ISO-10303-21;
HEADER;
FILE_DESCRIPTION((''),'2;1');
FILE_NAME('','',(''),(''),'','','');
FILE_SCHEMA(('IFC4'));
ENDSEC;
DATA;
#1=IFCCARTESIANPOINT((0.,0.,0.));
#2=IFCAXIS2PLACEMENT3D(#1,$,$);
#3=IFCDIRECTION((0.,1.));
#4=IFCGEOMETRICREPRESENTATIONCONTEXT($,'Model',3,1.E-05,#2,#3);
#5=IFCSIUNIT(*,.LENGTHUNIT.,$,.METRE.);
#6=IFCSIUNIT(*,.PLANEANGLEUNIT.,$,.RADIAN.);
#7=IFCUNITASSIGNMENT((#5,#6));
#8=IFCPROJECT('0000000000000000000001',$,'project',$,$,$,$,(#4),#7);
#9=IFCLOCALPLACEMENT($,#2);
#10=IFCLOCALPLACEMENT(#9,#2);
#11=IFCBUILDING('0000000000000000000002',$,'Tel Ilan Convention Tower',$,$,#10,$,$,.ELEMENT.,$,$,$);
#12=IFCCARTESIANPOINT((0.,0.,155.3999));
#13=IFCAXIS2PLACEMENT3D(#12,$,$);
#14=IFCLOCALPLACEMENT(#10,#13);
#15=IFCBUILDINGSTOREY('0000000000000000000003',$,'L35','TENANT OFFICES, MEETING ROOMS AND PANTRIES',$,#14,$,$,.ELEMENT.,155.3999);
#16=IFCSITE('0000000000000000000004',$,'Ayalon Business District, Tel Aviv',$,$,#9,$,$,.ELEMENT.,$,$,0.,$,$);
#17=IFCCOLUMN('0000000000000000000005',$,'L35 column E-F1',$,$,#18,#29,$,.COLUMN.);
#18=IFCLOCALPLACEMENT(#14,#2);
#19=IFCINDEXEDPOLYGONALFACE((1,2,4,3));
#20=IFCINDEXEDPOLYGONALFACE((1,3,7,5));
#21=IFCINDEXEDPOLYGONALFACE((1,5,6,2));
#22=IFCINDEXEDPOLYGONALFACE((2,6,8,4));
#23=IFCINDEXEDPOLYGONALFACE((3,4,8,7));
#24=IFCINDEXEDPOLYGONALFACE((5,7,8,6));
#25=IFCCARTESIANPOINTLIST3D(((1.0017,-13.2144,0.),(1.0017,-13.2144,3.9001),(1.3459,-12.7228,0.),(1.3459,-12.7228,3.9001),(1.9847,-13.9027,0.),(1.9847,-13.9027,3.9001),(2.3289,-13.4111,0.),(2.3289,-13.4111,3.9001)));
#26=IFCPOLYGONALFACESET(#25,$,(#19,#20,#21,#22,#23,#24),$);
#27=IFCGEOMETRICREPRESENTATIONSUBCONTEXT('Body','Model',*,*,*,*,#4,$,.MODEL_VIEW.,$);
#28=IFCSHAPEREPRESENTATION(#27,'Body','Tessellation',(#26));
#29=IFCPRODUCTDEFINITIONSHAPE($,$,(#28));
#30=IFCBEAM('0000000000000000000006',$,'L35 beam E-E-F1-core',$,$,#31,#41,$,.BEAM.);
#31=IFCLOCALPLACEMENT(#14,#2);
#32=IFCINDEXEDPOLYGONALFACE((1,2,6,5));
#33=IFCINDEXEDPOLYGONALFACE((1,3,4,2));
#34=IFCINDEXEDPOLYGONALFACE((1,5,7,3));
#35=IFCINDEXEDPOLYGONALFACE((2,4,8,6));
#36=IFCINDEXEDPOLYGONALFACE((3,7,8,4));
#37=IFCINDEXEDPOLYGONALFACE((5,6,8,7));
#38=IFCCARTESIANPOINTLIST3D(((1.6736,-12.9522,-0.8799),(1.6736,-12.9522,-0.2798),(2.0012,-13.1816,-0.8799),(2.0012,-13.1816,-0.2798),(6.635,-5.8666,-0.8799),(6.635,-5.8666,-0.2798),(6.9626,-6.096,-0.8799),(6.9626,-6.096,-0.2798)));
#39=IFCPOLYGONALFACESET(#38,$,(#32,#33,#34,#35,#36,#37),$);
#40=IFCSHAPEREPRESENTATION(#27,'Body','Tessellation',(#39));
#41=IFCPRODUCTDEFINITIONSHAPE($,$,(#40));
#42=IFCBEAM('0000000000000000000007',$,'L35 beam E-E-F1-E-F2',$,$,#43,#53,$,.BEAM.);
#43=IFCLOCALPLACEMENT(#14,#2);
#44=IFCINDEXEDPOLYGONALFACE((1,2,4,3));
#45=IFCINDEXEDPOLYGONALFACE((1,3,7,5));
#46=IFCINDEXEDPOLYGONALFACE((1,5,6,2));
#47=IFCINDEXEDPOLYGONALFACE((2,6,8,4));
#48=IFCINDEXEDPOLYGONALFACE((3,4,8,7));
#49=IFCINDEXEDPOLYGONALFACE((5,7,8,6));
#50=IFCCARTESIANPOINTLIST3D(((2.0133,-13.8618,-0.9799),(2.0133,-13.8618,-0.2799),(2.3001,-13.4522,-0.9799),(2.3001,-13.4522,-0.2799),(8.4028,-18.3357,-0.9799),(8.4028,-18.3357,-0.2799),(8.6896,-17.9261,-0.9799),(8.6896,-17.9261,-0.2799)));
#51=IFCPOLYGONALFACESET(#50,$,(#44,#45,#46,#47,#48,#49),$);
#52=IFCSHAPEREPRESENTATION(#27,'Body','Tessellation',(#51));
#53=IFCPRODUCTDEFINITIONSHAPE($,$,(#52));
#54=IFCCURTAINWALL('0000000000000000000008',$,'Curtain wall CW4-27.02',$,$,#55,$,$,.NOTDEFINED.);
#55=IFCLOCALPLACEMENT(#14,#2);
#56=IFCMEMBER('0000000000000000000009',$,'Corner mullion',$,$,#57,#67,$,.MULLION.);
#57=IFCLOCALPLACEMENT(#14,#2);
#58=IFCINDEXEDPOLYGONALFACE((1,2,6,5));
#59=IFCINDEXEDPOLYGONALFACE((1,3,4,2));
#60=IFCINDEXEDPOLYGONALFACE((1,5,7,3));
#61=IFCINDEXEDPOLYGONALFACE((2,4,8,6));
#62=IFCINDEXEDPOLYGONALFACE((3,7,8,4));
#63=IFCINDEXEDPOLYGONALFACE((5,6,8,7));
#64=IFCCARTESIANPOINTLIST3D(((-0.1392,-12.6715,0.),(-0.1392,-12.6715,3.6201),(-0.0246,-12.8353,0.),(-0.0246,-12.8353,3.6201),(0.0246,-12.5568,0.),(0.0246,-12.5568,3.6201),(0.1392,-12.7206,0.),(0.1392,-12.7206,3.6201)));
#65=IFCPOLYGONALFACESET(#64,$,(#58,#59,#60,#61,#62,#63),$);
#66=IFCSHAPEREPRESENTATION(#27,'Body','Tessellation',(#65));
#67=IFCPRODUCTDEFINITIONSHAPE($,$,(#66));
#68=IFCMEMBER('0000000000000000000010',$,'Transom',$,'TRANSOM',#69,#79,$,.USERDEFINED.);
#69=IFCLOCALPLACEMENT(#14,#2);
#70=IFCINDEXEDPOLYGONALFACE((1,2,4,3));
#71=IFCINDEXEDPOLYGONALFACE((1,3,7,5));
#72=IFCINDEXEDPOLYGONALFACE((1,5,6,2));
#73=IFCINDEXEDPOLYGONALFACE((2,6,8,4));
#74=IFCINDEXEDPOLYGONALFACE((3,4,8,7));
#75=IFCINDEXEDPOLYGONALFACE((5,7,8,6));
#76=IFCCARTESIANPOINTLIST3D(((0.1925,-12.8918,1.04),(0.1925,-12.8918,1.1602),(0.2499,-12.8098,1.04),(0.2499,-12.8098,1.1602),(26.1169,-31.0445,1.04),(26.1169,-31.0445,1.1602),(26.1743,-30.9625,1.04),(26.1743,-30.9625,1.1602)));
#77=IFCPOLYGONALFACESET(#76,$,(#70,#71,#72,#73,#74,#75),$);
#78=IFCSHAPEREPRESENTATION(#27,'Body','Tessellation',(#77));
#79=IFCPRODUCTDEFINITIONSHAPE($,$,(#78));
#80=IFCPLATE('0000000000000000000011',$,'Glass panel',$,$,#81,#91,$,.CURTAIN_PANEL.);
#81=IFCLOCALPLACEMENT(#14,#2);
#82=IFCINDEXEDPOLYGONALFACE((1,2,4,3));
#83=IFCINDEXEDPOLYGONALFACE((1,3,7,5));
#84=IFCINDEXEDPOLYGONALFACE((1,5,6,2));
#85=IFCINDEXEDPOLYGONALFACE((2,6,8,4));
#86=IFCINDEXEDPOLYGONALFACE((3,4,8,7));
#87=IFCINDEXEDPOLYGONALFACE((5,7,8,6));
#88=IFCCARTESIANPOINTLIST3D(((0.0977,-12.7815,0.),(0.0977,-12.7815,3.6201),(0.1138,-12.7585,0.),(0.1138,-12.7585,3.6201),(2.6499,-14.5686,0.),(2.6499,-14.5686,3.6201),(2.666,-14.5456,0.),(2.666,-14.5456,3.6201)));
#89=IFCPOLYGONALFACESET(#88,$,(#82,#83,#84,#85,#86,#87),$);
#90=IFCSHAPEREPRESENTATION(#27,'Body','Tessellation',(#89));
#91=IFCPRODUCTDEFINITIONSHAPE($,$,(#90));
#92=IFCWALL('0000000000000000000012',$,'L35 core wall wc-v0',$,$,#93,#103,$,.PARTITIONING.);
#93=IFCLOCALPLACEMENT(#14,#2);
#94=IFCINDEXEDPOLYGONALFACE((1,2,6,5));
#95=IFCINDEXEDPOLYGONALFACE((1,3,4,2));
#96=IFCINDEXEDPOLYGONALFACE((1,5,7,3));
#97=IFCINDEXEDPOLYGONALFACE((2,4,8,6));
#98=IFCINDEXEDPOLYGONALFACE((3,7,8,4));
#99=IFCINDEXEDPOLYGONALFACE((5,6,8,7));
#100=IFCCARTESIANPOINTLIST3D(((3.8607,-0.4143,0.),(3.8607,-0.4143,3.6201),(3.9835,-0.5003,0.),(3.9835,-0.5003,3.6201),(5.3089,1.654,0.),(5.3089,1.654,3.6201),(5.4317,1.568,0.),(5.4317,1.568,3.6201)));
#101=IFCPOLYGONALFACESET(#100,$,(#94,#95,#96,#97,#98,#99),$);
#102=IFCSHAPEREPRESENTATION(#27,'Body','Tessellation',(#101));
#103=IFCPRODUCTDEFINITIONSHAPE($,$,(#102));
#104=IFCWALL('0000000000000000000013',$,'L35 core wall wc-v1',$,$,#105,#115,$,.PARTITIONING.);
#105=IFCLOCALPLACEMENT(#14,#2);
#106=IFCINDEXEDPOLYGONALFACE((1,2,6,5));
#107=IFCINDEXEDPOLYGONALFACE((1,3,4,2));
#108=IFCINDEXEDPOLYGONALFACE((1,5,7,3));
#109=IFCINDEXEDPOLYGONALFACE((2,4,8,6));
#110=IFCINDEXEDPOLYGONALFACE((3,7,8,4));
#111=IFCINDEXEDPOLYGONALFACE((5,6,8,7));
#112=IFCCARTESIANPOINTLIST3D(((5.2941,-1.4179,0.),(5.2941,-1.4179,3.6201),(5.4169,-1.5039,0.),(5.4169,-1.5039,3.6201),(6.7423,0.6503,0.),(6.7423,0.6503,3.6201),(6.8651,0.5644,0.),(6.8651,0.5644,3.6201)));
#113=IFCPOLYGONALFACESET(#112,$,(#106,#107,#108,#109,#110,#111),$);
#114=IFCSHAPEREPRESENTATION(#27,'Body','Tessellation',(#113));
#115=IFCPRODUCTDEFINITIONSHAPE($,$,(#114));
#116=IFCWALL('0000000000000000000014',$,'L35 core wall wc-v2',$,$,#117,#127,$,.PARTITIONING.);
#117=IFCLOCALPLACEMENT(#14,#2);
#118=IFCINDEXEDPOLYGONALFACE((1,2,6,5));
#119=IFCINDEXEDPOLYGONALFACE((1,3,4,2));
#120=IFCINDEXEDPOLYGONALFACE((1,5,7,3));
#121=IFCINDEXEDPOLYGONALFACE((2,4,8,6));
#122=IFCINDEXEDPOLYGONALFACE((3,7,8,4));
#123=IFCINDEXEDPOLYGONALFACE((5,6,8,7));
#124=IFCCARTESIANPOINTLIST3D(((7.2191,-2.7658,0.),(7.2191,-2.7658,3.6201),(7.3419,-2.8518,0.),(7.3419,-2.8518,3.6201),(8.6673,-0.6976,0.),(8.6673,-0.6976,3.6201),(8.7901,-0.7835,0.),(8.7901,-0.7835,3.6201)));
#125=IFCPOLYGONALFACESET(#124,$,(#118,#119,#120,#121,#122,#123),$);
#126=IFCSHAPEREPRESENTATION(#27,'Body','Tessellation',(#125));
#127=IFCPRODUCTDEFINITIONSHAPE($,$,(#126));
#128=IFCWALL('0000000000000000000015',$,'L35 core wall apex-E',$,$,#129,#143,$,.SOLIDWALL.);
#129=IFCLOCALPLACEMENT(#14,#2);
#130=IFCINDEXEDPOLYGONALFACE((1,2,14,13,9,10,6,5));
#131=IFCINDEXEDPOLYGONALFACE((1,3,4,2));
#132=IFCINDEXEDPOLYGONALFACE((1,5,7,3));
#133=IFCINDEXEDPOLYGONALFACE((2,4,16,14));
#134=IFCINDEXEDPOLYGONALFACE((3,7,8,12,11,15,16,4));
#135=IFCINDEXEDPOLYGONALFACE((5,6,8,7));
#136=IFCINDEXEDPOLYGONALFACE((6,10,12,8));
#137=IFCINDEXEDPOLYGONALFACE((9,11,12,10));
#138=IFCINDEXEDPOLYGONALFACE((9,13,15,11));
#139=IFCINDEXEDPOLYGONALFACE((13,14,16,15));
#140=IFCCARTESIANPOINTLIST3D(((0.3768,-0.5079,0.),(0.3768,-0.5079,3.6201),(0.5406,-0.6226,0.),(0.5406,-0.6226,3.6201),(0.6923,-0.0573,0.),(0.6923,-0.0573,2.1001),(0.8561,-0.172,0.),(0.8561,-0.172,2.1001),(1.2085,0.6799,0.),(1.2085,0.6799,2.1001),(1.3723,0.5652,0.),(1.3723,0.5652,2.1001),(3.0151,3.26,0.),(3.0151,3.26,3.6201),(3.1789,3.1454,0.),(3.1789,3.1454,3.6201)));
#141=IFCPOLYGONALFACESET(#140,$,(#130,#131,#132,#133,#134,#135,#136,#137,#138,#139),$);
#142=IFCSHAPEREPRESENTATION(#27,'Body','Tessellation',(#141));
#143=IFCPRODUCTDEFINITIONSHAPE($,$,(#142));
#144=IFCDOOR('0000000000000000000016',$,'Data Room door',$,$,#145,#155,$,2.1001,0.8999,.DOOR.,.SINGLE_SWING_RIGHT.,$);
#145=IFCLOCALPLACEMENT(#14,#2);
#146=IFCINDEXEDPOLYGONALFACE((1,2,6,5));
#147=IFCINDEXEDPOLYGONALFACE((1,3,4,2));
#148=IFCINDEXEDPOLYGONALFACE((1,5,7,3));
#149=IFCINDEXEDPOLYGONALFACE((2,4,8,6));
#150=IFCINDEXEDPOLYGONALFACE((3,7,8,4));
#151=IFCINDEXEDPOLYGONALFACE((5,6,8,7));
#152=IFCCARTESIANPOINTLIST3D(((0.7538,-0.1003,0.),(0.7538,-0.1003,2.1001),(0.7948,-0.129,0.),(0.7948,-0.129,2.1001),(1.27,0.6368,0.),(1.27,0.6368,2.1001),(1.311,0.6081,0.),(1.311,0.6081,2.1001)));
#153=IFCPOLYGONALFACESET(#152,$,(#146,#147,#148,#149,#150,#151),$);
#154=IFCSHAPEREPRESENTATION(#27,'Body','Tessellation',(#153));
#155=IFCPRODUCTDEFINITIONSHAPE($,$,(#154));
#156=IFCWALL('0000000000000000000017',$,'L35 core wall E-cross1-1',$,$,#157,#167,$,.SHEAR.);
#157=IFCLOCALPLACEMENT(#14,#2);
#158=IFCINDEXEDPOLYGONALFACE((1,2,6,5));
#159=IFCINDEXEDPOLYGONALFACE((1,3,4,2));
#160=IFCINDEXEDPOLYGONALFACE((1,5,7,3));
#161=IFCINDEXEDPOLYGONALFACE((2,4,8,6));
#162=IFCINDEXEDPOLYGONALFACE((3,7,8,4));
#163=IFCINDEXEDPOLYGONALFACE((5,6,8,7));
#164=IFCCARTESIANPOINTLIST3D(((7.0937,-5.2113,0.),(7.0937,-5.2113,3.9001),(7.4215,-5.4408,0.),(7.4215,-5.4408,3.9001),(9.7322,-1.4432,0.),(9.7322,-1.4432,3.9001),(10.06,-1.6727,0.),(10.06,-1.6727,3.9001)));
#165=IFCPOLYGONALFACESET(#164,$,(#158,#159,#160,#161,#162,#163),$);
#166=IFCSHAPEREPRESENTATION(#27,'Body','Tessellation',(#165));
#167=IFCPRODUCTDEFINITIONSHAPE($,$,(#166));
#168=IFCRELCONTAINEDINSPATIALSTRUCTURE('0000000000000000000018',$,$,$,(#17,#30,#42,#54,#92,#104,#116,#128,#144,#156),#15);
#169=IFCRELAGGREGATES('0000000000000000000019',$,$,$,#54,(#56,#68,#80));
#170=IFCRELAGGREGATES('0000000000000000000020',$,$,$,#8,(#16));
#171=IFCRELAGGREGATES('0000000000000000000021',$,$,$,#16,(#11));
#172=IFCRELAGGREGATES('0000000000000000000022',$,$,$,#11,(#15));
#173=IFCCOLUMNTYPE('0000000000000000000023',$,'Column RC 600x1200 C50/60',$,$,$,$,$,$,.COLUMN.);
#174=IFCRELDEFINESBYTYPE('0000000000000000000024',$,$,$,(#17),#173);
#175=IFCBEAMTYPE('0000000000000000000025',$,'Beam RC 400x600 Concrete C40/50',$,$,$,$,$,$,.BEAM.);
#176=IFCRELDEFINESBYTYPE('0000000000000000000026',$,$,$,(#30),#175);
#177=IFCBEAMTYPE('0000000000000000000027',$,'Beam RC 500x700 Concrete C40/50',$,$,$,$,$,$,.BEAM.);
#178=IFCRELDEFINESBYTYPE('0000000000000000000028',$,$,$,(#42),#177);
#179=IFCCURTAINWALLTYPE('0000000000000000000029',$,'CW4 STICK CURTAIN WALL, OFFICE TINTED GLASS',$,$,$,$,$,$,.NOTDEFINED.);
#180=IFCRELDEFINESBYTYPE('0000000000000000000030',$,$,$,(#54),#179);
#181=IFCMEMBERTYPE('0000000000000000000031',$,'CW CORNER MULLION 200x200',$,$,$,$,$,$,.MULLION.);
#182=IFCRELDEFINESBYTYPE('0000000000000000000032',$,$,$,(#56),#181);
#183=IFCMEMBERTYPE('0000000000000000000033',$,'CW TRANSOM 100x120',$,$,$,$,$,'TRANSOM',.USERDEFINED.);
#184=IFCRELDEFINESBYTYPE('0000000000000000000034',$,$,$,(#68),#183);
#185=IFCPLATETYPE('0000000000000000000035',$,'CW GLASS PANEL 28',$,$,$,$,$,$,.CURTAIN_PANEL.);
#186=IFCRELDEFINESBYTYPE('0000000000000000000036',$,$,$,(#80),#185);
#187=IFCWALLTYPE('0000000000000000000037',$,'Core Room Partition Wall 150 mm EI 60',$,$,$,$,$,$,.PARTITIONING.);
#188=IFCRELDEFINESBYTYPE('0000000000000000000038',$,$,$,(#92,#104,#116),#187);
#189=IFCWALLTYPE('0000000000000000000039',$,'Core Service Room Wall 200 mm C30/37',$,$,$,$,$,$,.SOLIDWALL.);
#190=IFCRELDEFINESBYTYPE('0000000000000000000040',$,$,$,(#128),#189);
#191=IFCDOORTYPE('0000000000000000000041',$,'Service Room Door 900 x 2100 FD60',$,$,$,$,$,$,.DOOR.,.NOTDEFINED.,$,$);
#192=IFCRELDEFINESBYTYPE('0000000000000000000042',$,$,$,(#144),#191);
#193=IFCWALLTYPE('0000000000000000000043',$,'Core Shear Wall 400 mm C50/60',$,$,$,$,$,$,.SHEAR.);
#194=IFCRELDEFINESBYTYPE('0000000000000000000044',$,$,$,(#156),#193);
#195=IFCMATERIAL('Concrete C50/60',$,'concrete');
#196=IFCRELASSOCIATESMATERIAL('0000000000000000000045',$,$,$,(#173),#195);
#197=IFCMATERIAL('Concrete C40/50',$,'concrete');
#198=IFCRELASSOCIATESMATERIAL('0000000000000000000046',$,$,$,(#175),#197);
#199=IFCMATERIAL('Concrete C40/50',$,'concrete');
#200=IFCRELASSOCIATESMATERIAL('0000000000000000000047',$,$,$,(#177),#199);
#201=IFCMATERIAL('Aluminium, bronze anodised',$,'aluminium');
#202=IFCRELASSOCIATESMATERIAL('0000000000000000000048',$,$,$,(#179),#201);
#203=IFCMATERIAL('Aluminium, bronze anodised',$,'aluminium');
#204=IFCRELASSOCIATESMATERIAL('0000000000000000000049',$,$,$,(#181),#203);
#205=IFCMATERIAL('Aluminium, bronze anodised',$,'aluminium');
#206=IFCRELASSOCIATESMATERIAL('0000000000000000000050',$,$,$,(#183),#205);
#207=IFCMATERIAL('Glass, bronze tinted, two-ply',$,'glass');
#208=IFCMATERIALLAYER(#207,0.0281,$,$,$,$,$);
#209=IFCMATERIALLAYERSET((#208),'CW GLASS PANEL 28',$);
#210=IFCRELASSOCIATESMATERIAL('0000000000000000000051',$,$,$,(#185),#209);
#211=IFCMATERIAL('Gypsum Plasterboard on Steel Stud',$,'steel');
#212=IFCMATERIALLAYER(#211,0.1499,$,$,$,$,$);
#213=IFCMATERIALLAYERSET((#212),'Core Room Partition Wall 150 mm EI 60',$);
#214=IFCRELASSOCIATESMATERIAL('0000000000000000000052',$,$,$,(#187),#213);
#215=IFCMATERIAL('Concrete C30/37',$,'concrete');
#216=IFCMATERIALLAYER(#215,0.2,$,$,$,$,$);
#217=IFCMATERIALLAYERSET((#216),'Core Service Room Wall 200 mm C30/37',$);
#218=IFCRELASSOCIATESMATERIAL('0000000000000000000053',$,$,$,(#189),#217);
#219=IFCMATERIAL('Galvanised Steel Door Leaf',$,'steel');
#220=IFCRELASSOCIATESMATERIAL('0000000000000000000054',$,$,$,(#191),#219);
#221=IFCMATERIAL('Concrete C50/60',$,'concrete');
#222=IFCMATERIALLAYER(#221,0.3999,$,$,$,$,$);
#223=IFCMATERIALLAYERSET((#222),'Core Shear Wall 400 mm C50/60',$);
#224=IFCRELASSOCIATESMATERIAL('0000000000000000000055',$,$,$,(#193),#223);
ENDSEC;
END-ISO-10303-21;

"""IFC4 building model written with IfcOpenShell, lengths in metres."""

from ifc_helpers import new_model, si_unit, direction, frame, frame_2d, origin, origin_2d, place, context, subcontext, project, spatial, polyline, rectangle, outline, extrude, material, layer, layer_set, material_profile, profile_set, type_object, element, fill, aggregate, save


model = new_model("IFC4")

# Units and contexts
model_context = context("Model", 3, precision=1e-05, world=origin(), true_north=direction((0.0, 1.0)))
body_context = subcontext(model_context, "Body", "Model", "MODEL_VIEW")
ifc_project = project(units=[si_unit("LENGTHUNIT", "METRE"), si_unit("PLANEANGLEUNIT", "RADIAN")], contexts=[model_context])

# Site, building, storey
site_placement = place(None, origin())
site = spatial("IfcSite", under=ifc_project, at=site_placement, Name="Ayalon Business District, Tel Aviv", CompositionType="ELEMENT", RefElevation=0.0)
building_placement = place(site_placement, origin())
building = spatial("IfcBuilding", under=site, at=building_placement, Name="Tel Ilan Convention Tower", CompositionType="ELEMENT")
storey_placement = place(building_placement, frame((0.0, 0.0, 155.3999)))
storey = spatial("IfcBuildingStorey", under=building, at=storey_placement, Name="L35", Description="TENANT OFFICES, MEETING ROOMS AND PANTRIES", CompositionType="ELEMENT", Elevation=155.3999)

# Column
ifc_material_1 = material(Name="Concrete C50/60", Category="concrete")
ifc_material_profile_1 = material_profile(ifc_material_1, rectangle(XDim=1.2, YDim=0.6001, at=origin_2d()), Name="RC 600x1200")
ifc_profile_set_1 = profile_set([ifc_material_profile_1], Name="Concrete C50/60")
column_type = type_object("IfcColumnType", Name="Column RC 600x1200 C50/60", PredefinedType="COLUMN", material=ifc_profile_set_1)
column_placement = place(storey_placement, frame((1.6653, -13.3127, 0.0), z_axis=(0.0, 0.0, 1.0), x_axis=(0.819152, -0.573576, 0.0)))
element("IfcColumn", 1, at=column_placement, inside=storey, type_object=column_type, Name="L35 column E-F1", PredefinedType="COLUMN", context=body_context, shape_type="SweptSolid", body=[
    extrude(rectangle(XDim=1.2, YDim=0.6001, at=origin_2d()), origin(), (0.0, 0.0, 1.0), 3.9001),
])

# Beams
ifc_material_2 = material(Name="Concrete C40/50", Category="concrete")
ifc_material_profile_2 = material_profile(ifc_material_2, rectangle(XDim=0.3999, YDim=0.6001, at=origin_2d()), Name="RC 400x600")
ifc_profile_set_2 = profile_set([ifc_material_profile_2], Name="Concrete C40/50")
beam_type_1 = type_object("IfcBeamType", Name="Beam RC 400x600 Concrete C40/50", PredefinedType="BEAM", material=ifc_profile_set_2)
beam_1_placement = place(storey_placement, frame((1.8374, -13.0669, -0.5798), z_axis=(0.573574, 0.819154, 0.0), x_axis=(-0.819154, 0.573574, 0.0)))
element("IfcBeam", 2, at=beam_1_placement, inside=storey, type_object=beam_type_1, Name="L35 beam E-E-F1-core", PredefinedType="BEAM", context=body_context, shape_type="SweptSolid", body=[
    extrude(rectangle(XDim=0.3999, YDim=0.6001, at=origin_2d()), origin(), (0.0, 0.0, 1.0), 8.6499),
])
ifc_material_3 = material(Name="Concrete C40/50", Category="concrete")
ifc_material_profile_3 = material_profile(ifc_material_3, rectangle(XDim=0.5, YDim=0.7, at=origin_2d()), Name="RC 500x700")
ifc_profile_set_3 = profile_set([ifc_material_profile_3], Name="Concrete C40/50")
beam_type_2 = type_object("IfcBeamType", Name="Beam RC 500x700 Concrete C40/50", PredefinedType="BEAM", material=ifc_profile_set_3)
beam_2_placement = place(storey_placement, frame((2.1567, -13.657, -0.6299), z_axis=(0.819154, -0.573574, 0.0), x_axis=(0.573574, 0.819154, 0.0)))
element("IfcBeam", 3, at=beam_2_placement, inside=storey, type_object=beam_type_2, Name="L35 beam E-E-F1-E-F2", PredefinedType="BEAM", context=body_context, shape_type="SweptSolid", body=[
    extrude(rectangle(XDim=0.5, YDim=0.7, at=origin_2d()), origin(), (0.0, 0.0, 1.0), 7.8),
])

# Curtain wall, members, plate
ifc_material_4 = material(Name="Aluminium, bronze anodised", Category="aluminium")
curtain_wall_type = type_object("IfcCurtainWallType", Name="CW4 STICK CURTAIN WALL, OFFICE TINTED GLASS", PredefinedType="NOTDEFINED", material=ifc_material_4)
curtain_wall_placement = place(storey_placement, origin())
curtain_wall = element("IfcCurtainWall", 4, at=curtain_wall_placement, inside=storey, type_object=curtain_wall_type, Name="Curtain wall CW4-27.02", PredefinedType="NOTDEFINED")
ifc_material_5 = material(Name="Aluminium, bronze anodised", Category="aluminium")
ifc_material_profile_4 = material_profile(ifc_material_5, rectangle(XDim=0.2, YDim=0.2, at=origin_2d()), Name="CW CORNER MULLION 200x200")
ifc_profile_set_4 = profile_set([ifc_material_profile_4], Name="Aluminium, bronze anodised")
member_type_1 = type_object("IfcMemberType", Name="CW CORNER MULLION 200x200", PredefinedType="MULLION", material=ifc_profile_set_4)
member_1_placement = place(storey_placement, frame((0.0, -12.696, 0.0), z_axis=(0.0, 0.0, 1.0), x_axis=(0.819152, 0.573576, 0.0)))
member_1 = element("IfcMember", 5, at=member_1_placement, type_object=member_type_1, Name="Corner mullion", PredefinedType="MULLION", context=body_context, shape_type="SweptSolid", body=[
    extrude(rectangle(XDim=0.2, YDim=0.2, at=origin_2d()), origin(), (0.0, 0.0, 1.0), 3.6201),
])
ifc_material_6 = material(Name="Aluminium, bronze anodised", Category="aluminium")
ifc_material_profile_5 = material_profile(ifc_material_6, rectangle(XDim=0.1001, YDim=0.1201, at=origin_2d()), Name="CW TRANSOM 100x120")
ifc_profile_set_5 = profile_set([ifc_material_profile_5], Name="Aluminium, bronze anodised")
member_type_2 = type_object("IfcMemberType", Name="CW TRANSOM 100x120", ElementType="TRANSOM", PredefinedType="USERDEFINED", material=ifc_profile_set_5)
member_2_placement = place(storey_placement, frame((0.2212, -12.8508, 1.1001), z_axis=(0.819149, -0.57358, 0.0), x_axis=(0.57358, 0.819149, 0.0)))
member_2 = element("IfcMember", 6, at=member_2_placement, type_object=member_type_2, Name="Transom", ObjectType="TRANSOM", PredefinedType="USERDEFINED", context=body_context, shape_type="SweptSolid", body=[
    extrude(rectangle(XDim=0.1001, YDim=0.1201, at=origin_2d()), origin(), (0.0, 0.0, 1.0), 31.6479),
])
ifc_material_7 = material(Name="Glass, bronze tinted, two-ply", Category="glass")
ifc_layer_1 = layer(ifc_material_7, 0.0281)
ifc_layer_set_1 = layer_set([ifc_layer_1], Name="CW GLASS PANEL 28")
plate_type = type_object("IfcPlateType", Name="CW GLASS PANEL 28", PredefinedType="CURTAIN_PANEL", material=ifc_layer_set_1)
plate_placement = place(storey_placement, frame((1.3818, -13.6636, 0.0), z_axis=(0.0, 0.0, 1.0), x_axis=(0.819152, -0.573576, 0.0)))
plate = element("IfcPlate", 7, at=plate_placement, type_object=plate_type, Name="Glass panel", PredefinedType="CURTAIN_PANEL", context=body_context, shape_type="SweptSolid", body=[
    extrude(rectangle(XDim=3.1157, YDim=0.0281, at=origin_2d()), origin(), (0.0, 0.0, 1.0), 3.6201),
])
aggregate(curtain_wall, [member_1, member_2, plate])

# Walls
ifc_material_8 = material(Name="Gypsum Plasterboard on Steel Stud", Category="steel")
ifc_layer_2 = layer(ifc_material_8, 0.1499)
ifc_layer_set_2 = layer_set([ifc_layer_2], Name="Core Room Partition Wall 150 mm EI 60")
wall_type_1 = type_object("IfcWallType", Name="Core Room Partition Wall 150 mm EI 60", PredefinedType="PARTITIONING", material=ifc_layer_set_2)
for number, where, z_axis, x_axis, name in (
    (8, (3.9221, -0.4573, 0.0), (0.0, 0.0, 1.0), (0.573566, 0.819159, 0.0), "L35 core wall wc-v0"),
    (9, (5.3555, -1.4609, 0.0), (0.0, 0.0, 1.0), (0.573566, 0.819159, 0.0), "L35 core wall wc-v1"),
    (10, (7.2805, -2.8088, 0.0), (0.0, 0.0, 1.0), (0.573566, 0.819159, 0.0), "L35 core wall wc-v2"),
):
    element("IfcWall", number, at=place(storey_placement, frame(where, z_axis=z_axis, x_axis=x_axis)), inside=storey, type_object=wall_type_1, Name=name, PredefinedType="PARTITIONING", context=body_context, shape_type="SweptSolid", body=[
        extrude(rectangle(XDim=2.5249, YDim=0.1499, at=frame_2d((1.2625, 0.0))), origin(), (0.0, 0.0, 1.0), 3.6201),
    ])

# Wall, opening, door
ifc_material_9 = material(Name="Concrete C30/37", Category="concrete")
ifc_layer_3 = layer(ifc_material_9, 0.2)
ifc_layer_set_3 = layer_set([ifc_layer_3], Name="Core Service Room Wall 200 mm C30/37")
wall_type_2 = type_object("IfcWallType", Name="Core Service Room Wall 200 mm C30/37", PredefinedType="SOLIDWALL", material=ifc_layer_set_3)
wall_1_placement = place(storey_placement, frame((0.4587, -0.5652, 0.0), z_axis=(0.0, 0.0, 1.0), x_axis=(0.573576, 0.819152, 0.0)))
wall_1 = element("IfcWall", 11, at=wall_1_placement, inside=storey, type_object=wall_type_2, Name="L35 core wall apex-E", PredefinedType="SOLIDWALL", context=body_context, shape_type="SweptSolid", body=[
    extrude(rectangle(XDim=4.5999, YDim=0.2, at=frame_2d((2.2998, 0.0))), origin(), (0.0, 0.0, 1.0), 3.6201),
])
opening_1_placement = place(wall_1_placement, frame((0.55, 0.0, 0.0)))
opening_1 = element("IfcOpeningElement", 12, at=opening_1_placement, cuts=wall_1, PredefinedType="OPENING", context=body_context, shape_type="SweptSolid", body=[
    extrude(rectangle(XDim=0.8999, YDim=2.1001, at=frame_2d((0.45, 1.05))), frame((0.0, 0.1099, 0.0), z_axis=(0.0, -1.0, 0.0), x_axis=(1.0, 0.0, 0.0)), (0.0, 0.0, 1.0), 0.22),
])
ifc_material_10 = material(Name="Galvanised Steel Door Leaf", Category="steel")
door_type_1 = type_object("IfcDoorType", Name="Service Room Door 900 x 2100 FD60", OperationType="NOTDEFINED", PredefinedType="DOOR", material=ifc_material_10)
door_1_placement = place(opening_1_placement, origin())
door_1 = element("IfcDoor", 13, at=door_1_placement, inside=storey, type_object=door_type_1, Name="Data Room door", OperationType="SINGLE_SWING_RIGHT", OverallHeight=2.1001, OverallWidth=0.8999, PredefinedType="DOOR", context=body_context, shape_type="SweptSolid", body=[
    extrude(rectangle(XDim=0.8999, YDim=2.1001, at=frame_2d((0.45, 1.05))), frame((0.0, 0.0249, 0.0), z_axis=(0.0, -1.0, 0.0), x_axis=(1.0, 0.0, 0.0)), (0.0, 0.0, 1.0), 0.05),
])
fill(opening_1, door_1)

# Wall
ifc_material_11 = material(Name="Concrete C50/60", Category="concrete")
ifc_layer_4 = layer(ifc_material_11, 0.3999)
ifc_layer_set_4 = layer_set([ifc_layer_4], Name="Core Shear Wall 400 mm C50/60")
wall_type_3 = type_object("IfcWallType", Name="Core Shear Wall 400 mm C50/60", PredefinedType="SHEAR", material=ifc_layer_set_4)
wall_2_placement = place(storey_placement, frame((7.2578, -5.3259, 0.0), z_axis=(0.0, 0.0, 1.0), x_axis=(0.573541, 0.819177, 0.0)))
element("IfcWall", 14, at=wall_2_placement, inside=storey, type_object=wall_type_3, Name="L35 core wall E-cross1-1", PredefinedType="SHEAR", context=body_context, shape_type="SweptSolid", body=[
    extrude(outline(polyline([(-0.0002, 0.2002), (-0.0002, -0.2), (4.5999, -0.2002), (4.5999, 0.2), (-0.0002, 0.2002)])), origin(), (0.0, 0.0, 1.0), 3.9001),
])

save(model, "model.ifc")
